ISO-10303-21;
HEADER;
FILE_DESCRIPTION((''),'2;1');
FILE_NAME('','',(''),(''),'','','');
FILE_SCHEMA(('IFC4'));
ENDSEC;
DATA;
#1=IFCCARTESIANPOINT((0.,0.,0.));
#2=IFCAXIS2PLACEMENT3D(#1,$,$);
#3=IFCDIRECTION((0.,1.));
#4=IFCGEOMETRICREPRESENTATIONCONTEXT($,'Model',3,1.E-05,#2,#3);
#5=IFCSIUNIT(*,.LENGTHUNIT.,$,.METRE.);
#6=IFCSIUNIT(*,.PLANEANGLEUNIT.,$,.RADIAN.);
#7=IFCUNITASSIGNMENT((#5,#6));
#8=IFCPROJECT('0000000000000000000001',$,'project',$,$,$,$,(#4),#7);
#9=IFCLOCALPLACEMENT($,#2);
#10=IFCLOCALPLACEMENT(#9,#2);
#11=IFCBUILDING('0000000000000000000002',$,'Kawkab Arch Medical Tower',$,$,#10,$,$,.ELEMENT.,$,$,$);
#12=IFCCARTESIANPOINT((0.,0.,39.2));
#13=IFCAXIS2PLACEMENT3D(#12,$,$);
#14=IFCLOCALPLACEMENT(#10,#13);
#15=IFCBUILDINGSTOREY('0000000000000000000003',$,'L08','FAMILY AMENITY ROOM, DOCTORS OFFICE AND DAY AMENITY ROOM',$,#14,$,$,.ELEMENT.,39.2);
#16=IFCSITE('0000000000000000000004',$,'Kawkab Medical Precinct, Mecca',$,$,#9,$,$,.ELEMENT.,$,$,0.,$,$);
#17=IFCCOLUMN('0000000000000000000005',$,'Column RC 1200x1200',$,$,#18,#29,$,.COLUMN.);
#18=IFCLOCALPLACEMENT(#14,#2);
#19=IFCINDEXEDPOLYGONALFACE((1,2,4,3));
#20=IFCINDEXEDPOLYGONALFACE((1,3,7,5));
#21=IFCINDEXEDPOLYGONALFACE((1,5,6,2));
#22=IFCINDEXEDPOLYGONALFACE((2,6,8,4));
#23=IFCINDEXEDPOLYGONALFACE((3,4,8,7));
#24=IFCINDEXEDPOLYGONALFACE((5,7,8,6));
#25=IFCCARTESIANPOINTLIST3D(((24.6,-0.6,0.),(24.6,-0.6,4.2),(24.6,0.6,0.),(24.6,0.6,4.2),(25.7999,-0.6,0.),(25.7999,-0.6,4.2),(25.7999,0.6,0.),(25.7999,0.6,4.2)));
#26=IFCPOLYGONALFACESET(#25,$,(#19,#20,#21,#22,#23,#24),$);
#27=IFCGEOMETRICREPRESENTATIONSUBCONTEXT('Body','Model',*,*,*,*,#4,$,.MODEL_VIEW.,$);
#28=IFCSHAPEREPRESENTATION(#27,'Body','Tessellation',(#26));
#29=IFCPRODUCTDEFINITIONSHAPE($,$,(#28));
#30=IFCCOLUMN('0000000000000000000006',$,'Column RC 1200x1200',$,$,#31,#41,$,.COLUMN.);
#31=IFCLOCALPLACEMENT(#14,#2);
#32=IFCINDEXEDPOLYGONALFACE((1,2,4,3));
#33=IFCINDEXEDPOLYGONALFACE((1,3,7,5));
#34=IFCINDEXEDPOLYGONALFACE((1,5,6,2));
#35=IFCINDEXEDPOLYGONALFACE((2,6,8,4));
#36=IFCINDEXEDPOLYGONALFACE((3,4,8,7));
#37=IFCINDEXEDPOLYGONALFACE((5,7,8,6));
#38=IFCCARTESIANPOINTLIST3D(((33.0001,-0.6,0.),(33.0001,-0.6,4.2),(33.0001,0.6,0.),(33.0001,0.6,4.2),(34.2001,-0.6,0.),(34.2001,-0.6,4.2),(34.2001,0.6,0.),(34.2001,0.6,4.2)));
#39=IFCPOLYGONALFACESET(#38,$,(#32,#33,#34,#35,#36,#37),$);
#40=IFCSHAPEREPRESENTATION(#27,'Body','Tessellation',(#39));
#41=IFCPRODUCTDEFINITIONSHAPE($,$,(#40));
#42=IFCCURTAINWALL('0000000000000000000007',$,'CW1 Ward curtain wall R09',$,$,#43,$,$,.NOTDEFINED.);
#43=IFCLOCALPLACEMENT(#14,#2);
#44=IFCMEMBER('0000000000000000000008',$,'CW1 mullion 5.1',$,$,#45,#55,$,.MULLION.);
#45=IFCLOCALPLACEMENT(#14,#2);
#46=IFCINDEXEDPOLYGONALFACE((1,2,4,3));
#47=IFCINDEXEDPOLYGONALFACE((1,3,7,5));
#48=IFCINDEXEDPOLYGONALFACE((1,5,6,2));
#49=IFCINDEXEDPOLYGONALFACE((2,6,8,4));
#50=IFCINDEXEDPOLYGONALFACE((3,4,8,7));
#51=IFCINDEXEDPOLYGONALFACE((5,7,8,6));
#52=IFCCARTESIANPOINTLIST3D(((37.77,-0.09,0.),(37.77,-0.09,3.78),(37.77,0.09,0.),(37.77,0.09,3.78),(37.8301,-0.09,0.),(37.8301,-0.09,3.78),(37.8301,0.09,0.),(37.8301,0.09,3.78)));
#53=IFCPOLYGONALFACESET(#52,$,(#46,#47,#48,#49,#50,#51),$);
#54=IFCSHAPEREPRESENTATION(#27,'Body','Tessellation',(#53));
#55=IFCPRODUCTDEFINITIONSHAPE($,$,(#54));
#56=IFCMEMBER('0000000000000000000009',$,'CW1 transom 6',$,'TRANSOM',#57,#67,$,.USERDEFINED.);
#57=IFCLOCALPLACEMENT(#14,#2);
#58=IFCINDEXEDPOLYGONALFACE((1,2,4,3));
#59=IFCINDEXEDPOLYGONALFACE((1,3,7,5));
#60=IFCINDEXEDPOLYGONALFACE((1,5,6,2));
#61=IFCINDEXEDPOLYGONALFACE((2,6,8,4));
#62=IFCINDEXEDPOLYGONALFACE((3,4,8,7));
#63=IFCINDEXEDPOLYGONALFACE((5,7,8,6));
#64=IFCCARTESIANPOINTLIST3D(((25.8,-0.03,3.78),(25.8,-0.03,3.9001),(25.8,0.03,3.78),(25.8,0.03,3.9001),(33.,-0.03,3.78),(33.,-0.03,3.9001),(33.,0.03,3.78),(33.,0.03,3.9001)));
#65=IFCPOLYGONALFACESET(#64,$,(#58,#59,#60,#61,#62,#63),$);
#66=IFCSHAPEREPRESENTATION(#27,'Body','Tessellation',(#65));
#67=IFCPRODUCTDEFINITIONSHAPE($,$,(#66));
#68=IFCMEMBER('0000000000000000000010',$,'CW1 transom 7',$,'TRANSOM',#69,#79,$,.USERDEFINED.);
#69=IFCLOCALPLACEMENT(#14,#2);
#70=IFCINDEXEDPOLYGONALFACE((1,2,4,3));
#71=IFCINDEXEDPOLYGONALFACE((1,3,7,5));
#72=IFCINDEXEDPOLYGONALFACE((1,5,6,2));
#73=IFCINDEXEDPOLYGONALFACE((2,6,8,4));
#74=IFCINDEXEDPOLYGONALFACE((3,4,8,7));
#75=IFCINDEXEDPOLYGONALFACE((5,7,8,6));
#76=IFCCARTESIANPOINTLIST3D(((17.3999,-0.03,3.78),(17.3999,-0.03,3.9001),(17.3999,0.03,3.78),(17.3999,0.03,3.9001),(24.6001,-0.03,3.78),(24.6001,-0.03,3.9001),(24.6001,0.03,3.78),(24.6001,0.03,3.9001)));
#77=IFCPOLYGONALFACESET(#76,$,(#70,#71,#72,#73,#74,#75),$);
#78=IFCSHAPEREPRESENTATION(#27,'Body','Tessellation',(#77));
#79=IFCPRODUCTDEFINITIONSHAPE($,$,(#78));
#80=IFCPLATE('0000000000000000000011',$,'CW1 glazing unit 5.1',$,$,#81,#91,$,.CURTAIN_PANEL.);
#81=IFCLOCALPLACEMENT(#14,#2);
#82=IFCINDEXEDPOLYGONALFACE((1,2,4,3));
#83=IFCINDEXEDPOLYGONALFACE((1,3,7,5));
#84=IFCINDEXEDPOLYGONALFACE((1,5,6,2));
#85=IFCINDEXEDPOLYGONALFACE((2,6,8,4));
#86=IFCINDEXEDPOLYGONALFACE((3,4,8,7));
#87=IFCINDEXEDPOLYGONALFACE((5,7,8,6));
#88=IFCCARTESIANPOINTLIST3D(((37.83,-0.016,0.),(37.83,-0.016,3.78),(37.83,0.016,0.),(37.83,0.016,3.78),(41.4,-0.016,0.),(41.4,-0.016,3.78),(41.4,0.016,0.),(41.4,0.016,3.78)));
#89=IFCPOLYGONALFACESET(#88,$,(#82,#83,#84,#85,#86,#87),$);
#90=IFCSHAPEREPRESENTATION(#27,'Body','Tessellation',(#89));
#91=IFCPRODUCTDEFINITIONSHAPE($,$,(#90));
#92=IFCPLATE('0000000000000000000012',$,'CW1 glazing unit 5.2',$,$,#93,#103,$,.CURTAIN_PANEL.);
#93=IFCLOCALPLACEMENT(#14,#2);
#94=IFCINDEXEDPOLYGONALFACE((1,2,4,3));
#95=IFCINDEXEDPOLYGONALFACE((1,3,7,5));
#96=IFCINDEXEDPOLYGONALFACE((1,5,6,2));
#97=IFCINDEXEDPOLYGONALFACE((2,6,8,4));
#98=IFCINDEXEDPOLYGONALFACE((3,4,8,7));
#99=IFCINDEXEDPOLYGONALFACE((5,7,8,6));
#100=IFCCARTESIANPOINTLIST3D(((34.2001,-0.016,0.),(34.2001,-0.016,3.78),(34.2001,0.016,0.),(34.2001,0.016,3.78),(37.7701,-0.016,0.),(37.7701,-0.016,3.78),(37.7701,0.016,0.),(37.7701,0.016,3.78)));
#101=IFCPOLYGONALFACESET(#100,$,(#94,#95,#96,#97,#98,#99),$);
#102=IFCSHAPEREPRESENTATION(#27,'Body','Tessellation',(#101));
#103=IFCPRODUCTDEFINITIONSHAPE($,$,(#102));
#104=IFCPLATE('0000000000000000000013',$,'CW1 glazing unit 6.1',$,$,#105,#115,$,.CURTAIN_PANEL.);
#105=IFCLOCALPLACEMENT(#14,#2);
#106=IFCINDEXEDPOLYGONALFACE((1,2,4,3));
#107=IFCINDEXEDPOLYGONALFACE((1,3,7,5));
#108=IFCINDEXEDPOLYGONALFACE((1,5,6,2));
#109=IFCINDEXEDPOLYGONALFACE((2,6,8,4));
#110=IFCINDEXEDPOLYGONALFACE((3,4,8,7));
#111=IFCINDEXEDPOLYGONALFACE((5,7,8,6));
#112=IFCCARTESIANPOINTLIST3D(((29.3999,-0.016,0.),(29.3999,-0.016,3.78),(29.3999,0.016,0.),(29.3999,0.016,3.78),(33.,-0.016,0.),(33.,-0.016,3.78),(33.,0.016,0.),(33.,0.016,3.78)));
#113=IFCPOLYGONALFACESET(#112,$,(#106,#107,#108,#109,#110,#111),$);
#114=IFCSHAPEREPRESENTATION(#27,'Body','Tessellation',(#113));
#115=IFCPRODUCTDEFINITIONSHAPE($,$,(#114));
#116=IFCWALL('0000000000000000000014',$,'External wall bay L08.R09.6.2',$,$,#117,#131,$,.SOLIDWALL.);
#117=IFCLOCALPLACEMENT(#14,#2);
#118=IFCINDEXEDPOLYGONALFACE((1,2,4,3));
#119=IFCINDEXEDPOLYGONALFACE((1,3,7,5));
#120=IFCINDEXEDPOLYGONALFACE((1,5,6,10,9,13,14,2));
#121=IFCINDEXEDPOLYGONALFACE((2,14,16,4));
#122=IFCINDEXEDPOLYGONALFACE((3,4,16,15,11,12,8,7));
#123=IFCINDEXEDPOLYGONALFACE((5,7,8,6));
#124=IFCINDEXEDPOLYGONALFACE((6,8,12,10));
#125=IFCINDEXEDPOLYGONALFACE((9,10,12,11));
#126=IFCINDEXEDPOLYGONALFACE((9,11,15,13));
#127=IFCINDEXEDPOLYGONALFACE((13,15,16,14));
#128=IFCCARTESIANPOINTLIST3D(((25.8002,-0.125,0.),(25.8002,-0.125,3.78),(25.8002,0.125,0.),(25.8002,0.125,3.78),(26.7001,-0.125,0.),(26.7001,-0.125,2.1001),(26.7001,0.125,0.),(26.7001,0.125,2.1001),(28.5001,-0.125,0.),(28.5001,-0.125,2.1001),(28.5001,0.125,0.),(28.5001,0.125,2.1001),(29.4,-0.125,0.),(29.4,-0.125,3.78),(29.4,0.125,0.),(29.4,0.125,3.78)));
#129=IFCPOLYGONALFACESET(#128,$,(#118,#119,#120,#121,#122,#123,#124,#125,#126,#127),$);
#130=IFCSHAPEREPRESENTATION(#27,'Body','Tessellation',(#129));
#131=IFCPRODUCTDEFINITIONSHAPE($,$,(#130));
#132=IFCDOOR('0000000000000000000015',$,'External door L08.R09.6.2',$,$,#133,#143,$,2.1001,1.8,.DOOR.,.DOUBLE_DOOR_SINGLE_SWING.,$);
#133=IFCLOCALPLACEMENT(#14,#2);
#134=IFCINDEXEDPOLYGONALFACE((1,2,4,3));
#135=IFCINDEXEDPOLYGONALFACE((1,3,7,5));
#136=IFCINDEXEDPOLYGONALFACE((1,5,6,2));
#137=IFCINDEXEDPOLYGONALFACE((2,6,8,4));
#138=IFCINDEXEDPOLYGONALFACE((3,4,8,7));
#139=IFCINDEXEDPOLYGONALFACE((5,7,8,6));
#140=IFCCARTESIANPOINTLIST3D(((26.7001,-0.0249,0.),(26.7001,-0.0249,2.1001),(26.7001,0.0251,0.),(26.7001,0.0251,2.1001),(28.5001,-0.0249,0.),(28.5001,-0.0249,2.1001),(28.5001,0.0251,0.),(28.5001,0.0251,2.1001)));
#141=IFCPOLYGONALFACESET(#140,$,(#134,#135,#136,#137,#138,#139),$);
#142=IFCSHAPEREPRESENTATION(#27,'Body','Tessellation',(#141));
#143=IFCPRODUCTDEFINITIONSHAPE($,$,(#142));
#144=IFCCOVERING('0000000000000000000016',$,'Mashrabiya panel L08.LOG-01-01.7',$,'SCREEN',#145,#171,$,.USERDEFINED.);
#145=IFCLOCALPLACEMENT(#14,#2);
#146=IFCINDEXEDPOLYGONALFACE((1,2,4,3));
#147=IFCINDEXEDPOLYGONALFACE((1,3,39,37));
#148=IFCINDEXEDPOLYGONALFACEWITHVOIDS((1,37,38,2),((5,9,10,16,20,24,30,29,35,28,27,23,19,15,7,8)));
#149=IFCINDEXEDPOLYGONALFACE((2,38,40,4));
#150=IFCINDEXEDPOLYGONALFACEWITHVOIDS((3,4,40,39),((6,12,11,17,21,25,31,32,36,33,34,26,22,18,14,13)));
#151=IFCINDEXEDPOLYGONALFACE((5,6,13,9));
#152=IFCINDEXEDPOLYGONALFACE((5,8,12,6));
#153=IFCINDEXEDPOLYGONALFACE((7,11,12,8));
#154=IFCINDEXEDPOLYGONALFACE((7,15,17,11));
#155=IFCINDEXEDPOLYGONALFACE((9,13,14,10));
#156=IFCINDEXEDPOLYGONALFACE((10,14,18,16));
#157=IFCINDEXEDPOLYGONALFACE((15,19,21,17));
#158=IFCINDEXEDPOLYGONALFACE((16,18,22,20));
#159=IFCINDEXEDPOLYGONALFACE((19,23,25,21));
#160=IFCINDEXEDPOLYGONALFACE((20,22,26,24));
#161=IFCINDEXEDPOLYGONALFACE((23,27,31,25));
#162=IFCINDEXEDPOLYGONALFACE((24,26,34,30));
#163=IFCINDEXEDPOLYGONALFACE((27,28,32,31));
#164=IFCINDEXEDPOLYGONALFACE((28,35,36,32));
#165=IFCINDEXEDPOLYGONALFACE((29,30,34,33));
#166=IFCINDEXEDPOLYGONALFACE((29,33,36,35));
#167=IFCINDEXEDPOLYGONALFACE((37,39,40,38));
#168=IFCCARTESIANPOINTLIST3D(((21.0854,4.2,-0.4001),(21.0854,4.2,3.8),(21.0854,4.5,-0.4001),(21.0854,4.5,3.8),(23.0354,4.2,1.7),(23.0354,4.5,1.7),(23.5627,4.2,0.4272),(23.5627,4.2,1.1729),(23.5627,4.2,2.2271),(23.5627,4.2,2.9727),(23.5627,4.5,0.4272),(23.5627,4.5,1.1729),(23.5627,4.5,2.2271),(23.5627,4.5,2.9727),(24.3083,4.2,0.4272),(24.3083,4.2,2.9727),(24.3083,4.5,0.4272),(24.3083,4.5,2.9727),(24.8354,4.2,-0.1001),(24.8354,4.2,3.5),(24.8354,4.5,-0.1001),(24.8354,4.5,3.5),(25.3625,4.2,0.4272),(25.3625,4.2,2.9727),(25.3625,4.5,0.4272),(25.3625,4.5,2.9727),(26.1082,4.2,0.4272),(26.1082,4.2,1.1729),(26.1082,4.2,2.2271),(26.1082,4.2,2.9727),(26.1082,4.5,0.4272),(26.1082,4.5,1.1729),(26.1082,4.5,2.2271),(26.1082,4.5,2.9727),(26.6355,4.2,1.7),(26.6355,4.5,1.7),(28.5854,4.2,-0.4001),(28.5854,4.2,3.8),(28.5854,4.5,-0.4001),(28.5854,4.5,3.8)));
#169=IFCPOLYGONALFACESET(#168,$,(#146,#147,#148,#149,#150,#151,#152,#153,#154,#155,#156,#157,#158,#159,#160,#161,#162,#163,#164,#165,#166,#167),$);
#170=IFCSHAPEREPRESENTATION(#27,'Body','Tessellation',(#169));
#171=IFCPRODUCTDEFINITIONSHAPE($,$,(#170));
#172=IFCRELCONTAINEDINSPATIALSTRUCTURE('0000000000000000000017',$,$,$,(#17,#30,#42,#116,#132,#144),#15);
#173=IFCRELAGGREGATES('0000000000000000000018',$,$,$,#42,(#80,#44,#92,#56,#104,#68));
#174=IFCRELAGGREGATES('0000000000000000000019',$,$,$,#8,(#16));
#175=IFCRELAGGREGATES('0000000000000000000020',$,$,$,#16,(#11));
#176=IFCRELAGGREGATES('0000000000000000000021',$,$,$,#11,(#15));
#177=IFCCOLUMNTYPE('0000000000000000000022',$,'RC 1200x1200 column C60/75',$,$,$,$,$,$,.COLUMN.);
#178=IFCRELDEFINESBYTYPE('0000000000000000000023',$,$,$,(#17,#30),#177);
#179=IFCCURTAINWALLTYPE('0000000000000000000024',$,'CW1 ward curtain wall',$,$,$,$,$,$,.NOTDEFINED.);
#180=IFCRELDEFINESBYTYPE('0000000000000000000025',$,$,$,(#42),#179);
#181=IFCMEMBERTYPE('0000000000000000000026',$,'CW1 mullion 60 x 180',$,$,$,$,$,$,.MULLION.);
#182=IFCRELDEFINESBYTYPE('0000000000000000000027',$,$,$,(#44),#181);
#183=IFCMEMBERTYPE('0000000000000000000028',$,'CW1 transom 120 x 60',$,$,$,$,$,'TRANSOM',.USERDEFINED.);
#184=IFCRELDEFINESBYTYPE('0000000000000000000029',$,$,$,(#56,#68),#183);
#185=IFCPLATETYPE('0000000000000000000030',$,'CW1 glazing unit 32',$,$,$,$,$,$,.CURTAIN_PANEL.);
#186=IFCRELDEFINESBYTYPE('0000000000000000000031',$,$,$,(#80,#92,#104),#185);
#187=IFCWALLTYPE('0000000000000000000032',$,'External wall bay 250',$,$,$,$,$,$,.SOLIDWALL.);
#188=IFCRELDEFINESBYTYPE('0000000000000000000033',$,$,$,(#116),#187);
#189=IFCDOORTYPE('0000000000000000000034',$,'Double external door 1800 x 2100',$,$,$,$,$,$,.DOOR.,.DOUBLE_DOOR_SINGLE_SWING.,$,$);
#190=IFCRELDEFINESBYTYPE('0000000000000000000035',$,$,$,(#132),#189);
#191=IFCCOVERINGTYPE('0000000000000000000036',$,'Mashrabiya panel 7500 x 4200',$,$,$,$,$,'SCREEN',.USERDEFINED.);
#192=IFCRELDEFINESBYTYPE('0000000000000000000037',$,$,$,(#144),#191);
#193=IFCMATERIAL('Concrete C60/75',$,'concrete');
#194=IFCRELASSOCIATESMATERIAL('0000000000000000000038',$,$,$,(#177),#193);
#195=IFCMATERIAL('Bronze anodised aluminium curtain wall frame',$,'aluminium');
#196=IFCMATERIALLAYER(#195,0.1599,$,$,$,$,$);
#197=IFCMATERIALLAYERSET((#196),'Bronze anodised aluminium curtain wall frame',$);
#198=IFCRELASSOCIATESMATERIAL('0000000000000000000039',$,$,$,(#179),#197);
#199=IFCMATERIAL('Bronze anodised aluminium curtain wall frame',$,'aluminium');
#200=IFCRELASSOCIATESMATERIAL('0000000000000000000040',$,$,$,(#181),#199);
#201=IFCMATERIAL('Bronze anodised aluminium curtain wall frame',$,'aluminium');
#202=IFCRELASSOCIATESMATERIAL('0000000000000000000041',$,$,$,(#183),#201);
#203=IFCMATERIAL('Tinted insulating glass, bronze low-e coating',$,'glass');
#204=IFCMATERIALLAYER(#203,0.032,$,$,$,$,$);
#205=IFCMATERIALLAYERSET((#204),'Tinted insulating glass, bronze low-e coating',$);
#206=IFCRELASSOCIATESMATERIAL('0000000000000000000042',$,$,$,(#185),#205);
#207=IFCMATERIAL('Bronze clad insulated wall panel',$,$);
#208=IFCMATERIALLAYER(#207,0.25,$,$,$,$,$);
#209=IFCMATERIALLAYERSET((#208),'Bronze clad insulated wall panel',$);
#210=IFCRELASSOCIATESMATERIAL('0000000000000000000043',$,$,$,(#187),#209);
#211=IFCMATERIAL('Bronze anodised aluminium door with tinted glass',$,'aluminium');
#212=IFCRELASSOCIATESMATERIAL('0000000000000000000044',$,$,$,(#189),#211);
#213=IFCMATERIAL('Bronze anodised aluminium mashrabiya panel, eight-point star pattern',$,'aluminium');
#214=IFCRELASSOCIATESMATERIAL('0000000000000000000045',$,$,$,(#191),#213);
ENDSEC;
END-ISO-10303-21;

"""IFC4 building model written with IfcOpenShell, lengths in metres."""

from ifc_helpers import new_model, si_unit, direction, frame, frame_2d, origin, origin_2d, place, context, subcontext, project, spatial, polyline, rectangle, outline, extrude, material, layer, layer_set, material_profile, profile_set, type_object, element, fill, aggregate, save


model = new_model("IFC4")

# Units and contexts
model_context = context("Model", 3, precision=1e-05, world=origin(), true_north=direction((0.0, 1.0)))
body_context = subcontext(model_context, "Body", "Model", "MODEL_VIEW")
ifc_project = project(units=[si_unit("LENGTHUNIT", "METRE"), si_unit("PLANEANGLEUNIT", "RADIAN")], contexts=[model_context])

# Site, building, storey
site_placement = place(None, origin())
site = spatial("IfcSite", under=ifc_project, at=site_placement, Name="Kawkab Medical Precinct, Mecca", CompositionType="ELEMENT", RefElevation=0.0)
building_placement = place(site_placement, origin())
building = spatial("IfcBuilding", under=site, at=building_placement, Name="Kawkab Arch Medical Tower", CompositionType="ELEMENT")
storey_placement = place(building_placement, frame((0.0, 0.0, 39.2)))
storey = spatial("IfcBuildingStorey", under=building, at=storey_placement, Name="L08", Description="FAMILY AMENITY ROOM, DOCTORS OFFICE AND DAY AMENITY ROOM", CompositionType="ELEMENT", Elevation=39.2)

# Columns
ifc_material_1 = material(Name="Concrete C60/75", Category="concrete")
ifc_material_profile_1 = material_profile(ifc_material_1, rectangle(XDim=1.2, YDim=1.2, at=origin_2d()), Name="RC 1200x1200")
ifc_profile_set_1 = profile_set([ifc_material_profile_1], Name="Concrete C60/75")
column_type = type_object("IfcColumnType", Name="RC 1200x1200 column C60/75", PredefinedType="COLUMN", material=ifc_profile_set_1)
for number, where, z_axis, x_axis, name in (
    (1, (25.2, 0.0, 0.0), (0.0, 0.0, 1.0), (1.0, 0.0, 0.0), "Column RC 1200x1200"),
    (2, (33.6001, 0.0, 0.0), (0.0, 0.0, 1.0), (1.0, 0.0, 0.0), "Column RC 1200x1200"),
):
    element("IfcColumn", number, at=place(storey_placement, frame(where, z_axis=z_axis, x_axis=x_axis)), inside=storey, type_object=column_type, Name=name, PredefinedType="COLUMN", context=body_context, shape_type="SweptSolid", body=[
        extrude(rectangle(XDim=1.2, YDim=1.2, at=origin_2d()), origin(), (0.0, 0.0, 1.0), 4.2),
    ])

# Curtain wall, members, plates
ifc_material_2 = material(Name="Bronze anodised aluminium curtain wall frame", Category="aluminium")
ifc_layer_1 = layer(ifc_material_2, 0.1599)
ifc_layer_set_1 = layer_set([ifc_layer_1], Name="Bronze anodised aluminium curtain wall frame")
curtain_wall_type = type_object("IfcCurtainWallType", Name="CW1 ward curtain wall", PredefinedType="NOTDEFINED", material=ifc_layer_set_1)
curtain_wall_placement = place(storey_placement, origin())
curtain_wall = element("IfcCurtainWall", 3, at=curtain_wall_placement, inside=storey, type_object=curtain_wall_type, Name="CW1 Ward curtain wall R09", PredefinedType="NOTDEFINED")
ifc_material_3 = material(Name="Bronze anodised aluminium curtain wall frame", Category="aluminium")
ifc_material_profile_2 = material_profile(ifc_material_3, rectangle(XDim=0.1799, YDim=0.0601, at=origin_2d()), Name="AL 60x180")
ifc_profile_set_2 = profile_set([ifc_material_profile_2], Name="Bronze anodised aluminium curtain wall frame")
member_type_1 = type_object("IfcMemberType", Name="CW1 mullion 60 x 180", PredefinedType="MULLION", material=ifc_profile_set_2)
member_1_placement = place(storey_placement, frame((37.8, 0.0, 0.0), z_axis=(0.0, 0.0, 1.0), x_axis=(0.0, -1.0, 0.0)))
member_1 = element("IfcMember", 4, at=member_1_placement, type_object=member_type_1, Name="CW1 mullion 5.1", PredefinedType="MULLION", context=body_context, shape_type="SweptSolid", body=[
    extrude(rectangle(XDim=0.1799, YDim=0.0601, at=origin_2d()), origin(), (0.0, 0.0, 1.0), 3.78),
])
ifc_material_4 = material(Name="Bronze anodised aluminium curtain wall frame", Category="aluminium")
ifc_material_profile_3 = material_profile(ifc_material_4, rectangle(XDim=0.0601, YDim=0.1201, at=origin_2d()), Name="AL 60x120")
ifc_profile_set_3 = profile_set([ifc_material_profile_3], Name="Bronze anodised aluminium curtain wall frame")
member_type_2 = type_object("IfcMemberType", Name="CW1 transom 120 x 60", ElementType="TRANSOM", PredefinedType="USERDEFINED", material=ifc_profile_set_3)
member_2_placement = place(storey_placement, frame((33.0, 0.0, 3.8401), z_axis=(-1.0, 0.0, 0.0), x_axis=(0.0, -1.0, 0.0)))
member_2 = element("IfcMember", 5, at=member_2_placement, type_object=member_type_2, Name="CW1 transom 6", ObjectType="TRANSOM", PredefinedType="USERDEFINED", context=body_context, shape_type="SweptSolid", body=[
    extrude(rectangle(XDim=0.0601, YDim=0.1201, at=origin_2d()), origin(), (0.0, 0.0, 1.0), 7.2),
])
member_3_placement = place(storey_placement, frame((24.6001, 0.0, 3.8401), z_axis=(-1.0, 0.0, 0.0), x_axis=(0.0, -1.0, 0.0)))
member_3 = element("IfcMember", 6, at=member_3_placement, type_object=member_type_2, Name="CW1 transom 7", ObjectType="TRANSOM", PredefinedType="USERDEFINED", context=body_context, shape_type="SweptSolid", body=[
    extrude(rectangle(XDim=0.0601, YDim=0.1201, at=origin_2d()), origin(), (0.0, 0.0, 1.0), 7.2002),
])
ifc_material_5 = material(Name="Tinted insulating glass, bronze low-e coating", Category="glass")
ifc_layer_2 = layer(ifc_material_5, 0.032)
ifc_layer_set_2 = layer_set([ifc_layer_2], Name="Tinted insulating glass, bronze low-e coating")
plate_type = type_object("IfcPlateType", Name="CW1 glazing unit 32", PredefinedType="CURTAIN_PANEL", material=ifc_layer_set_2)
plate_1_placement = place(storey_placement, frame((39.615, 0.0, 0.0), z_axis=(0.0, 0.0, 1.0), x_axis=(-1.0, 0.0, 0.0)))
plate_1 = element("IfcPlate", 7, at=plate_1_placement, type_object=plate_type, Name="CW1 glazing unit 5.1", PredefinedType="CURTAIN_PANEL", context=body_context, shape_type="SweptSolid", body=[
    extrude(rectangle(XDim=3.5701, YDim=0.032, at=origin_2d()), origin(), (0.0, 0.0, 1.0), 3.78),
])
plate_2_placement = place(storey_placement, frame((35.9851, 0.0, 0.0), z_axis=(0.0, 0.0, 1.0), x_axis=(-1.0, 0.0, 0.0)))
plate_2 = element("IfcPlate", 8, at=plate_2_placement, type_object=plate_type, Name="CW1 glazing unit 5.2", PredefinedType="CURTAIN_PANEL", context=body_context, shape_type="SweptSolid", body=[
    extrude(rectangle(XDim=3.5701, YDim=0.032, at=origin_2d()), origin(), (0.0, 0.0, 1.0), 3.78),
])
plate_3_placement = place(storey_placement, frame((31.2, 0.0, 0.0), z_axis=(0.0, 0.0, 1.0), x_axis=(-1.0, 0.0, 0.0)))
plate_3 = element("IfcPlate", 9, at=plate_3_placement, type_object=plate_type, Name="CW1 glazing unit 6.1", PredefinedType="CURTAIN_PANEL", context=body_context, shape_type="SweptSolid", body=[
    extrude(rectangle(XDim=3.6001, YDim=0.032, at=origin_2d()), origin(), (0.0, 0.0, 1.0), 3.78),
])
aggregate(curtain_wall, [plate_1, member_1, plate_2, member_2, plate_3, member_3])

# Wall, opening, door
ifc_material_6 = material(Name="Bronze clad insulated wall panel")
ifc_layer_3 = layer(ifc_material_6, 0.25)
ifc_layer_set_3 = layer_set([ifc_layer_3], Name="Bronze clad insulated wall panel")
wall_type = type_object("IfcWallType", Name="External wall bay 250", PredefinedType="SOLIDWALL", material=ifc_layer_set_3)
wall_placement = place(storey_placement, frame((29.3999, 0.0, 0.0), z_axis=(0.0, 0.0, 1.0), x_axis=(-1.0, 0.0, 0.0)))
wall = element("IfcWall", 10, at=wall_placement, inside=storey, type_object=wall_type, Name="External wall bay L08.R09.6.2", PredefinedType="SOLIDWALL", context=body_context, shape_type="SweptSolid", body=[
    extrude(rectangle(XDim=3.5999, YDim=0.25, at=frame_2d((1.7998, 0.0))), origin(), (0.0, 0.0, 1.0), 3.78),
])
opening_placement = place(wall_placement, frame((0.8999, 0.0, 0.0)))
opening = element("IfcOpeningElement", 11, at=opening_placement, cuts=wall, PredefinedType="OPENING", context=body_context, shape_type="SweptSolid", body=[
    extrude(rectangle(XDim=1.8, YDim=2.1001, at=frame_2d((0.8999, 1.05))), frame((0.0, 0.135, 0.0), z_axis=(0.0, -1.0, 0.0), x_axis=(1.0, 0.0, 0.0)), (0.0, 0.0, 1.0), 0.27),
])
ifc_material_7 = material(Name="Bronze anodised aluminium door with tinted glass", Category="aluminium")
door_type = type_object("IfcDoorType", Name="Double external door 1800 x 2100", OperationType="DOUBLE_DOOR_SINGLE_SWING", PredefinedType="DOOR", material=ifc_material_7)
door_placement = place(opening_placement, origin())
door = element("IfcDoor", 12, at=door_placement, inside=storey, type_object=door_type, Name="External door L08.R09.6.2", OperationType="DOUBLE_DOOR_SINGLE_SWING", OverallHeight=2.1001, OverallWidth=1.8, PredefinedType="DOOR", context=body_context, shape_type="SweptSolid", body=[
    extrude(rectangle(XDim=1.8, YDim=2.1001, at=frame_2d((0.8999, 1.05))), frame((0.0, 0.0249, 0.0), z_axis=(0.0, -1.0, 0.0), x_axis=(1.0, 0.0, 0.0)), (0.0, 0.0, 1.0), 0.05),
])
fill(opening, door)

# Covering
ifc_material_8 = material(Name="Bronze anodised aluminium mashrabiya panel, eight-point star pattern", Category="aluminium")
ifc_material_profile_4 = material_profile(ifc_material_8, outline(polyline([(-3.75, -2.1001), (3.75, -2.1001), (3.75, 2.1001), (-3.75, 2.1001), (-3.75, -2.1001)]), holes=[polyline([(1.8, 0.0), (1.2727, 0.5271), (1.2727, 1.2727), (0.5271, 1.2727), (0.0, 1.8), (-0.5271, 1.2727), (-1.2727, 1.2727), (-1.2727, 0.5271), (-1.8, 0.0), (-1.2727, -0.5271), (-1.2727, -1.2727), (-0.5271, -1.2727), (0.0, -1.8), (0.5271, -1.2727), (1.2727, -1.2727), (1.2727, -0.5271), (1.8, 0.0)])]), Name="Mashrabiya panel 7500x4200")
ifc_profile_set_4 = profile_set([ifc_material_profile_4], Name="Bronze anodised aluminium mashrabiya panel, eight-point star pattern")
covering_type_1 = type_object("IfcCoveringType", Name="Mashrabiya panel 7500 x 4200", ElementType="SCREEN", PredefinedType="USERDEFINED", material=ifc_profile_set_4)
for number, where, z_axis, x_axis, name in (
    (13, (24.8354, 4.2, 1.7), (0.0, 1.0, 0.0), (-1.0, 0.0, 0.0), "Mashrabiya panel L08.LOG-01-01.7"),
):
    element("IfcCovering", number, at=place(storey_placement, frame(where, z_axis=z_axis, x_axis=x_axis)), inside=storey, type_object=covering_type_1, Name=name, ObjectType="SCREEN", PredefinedType="USERDEFINED", context=body_context, shape_type="SweptSolid", body=[
        extrude(outline(polyline([(-3.75, -2.1001), (3.75, -2.1001), (3.75, 2.1001), (-3.75, 2.1001), (-3.75, -2.1001)]), holes=[polyline([(1.8, 0.0), (1.2727, 0.5271), (1.2727, 1.2727), (0.5271, 1.2727), (0.0, 1.8), (-0.5271, 1.2727), (-1.2727, 1.2727), (-1.2727, 0.5271), (-1.8, 0.0), (-1.2727, -0.5271), (-1.2727, -1.2727), (-0.5271, -1.2727), (0.0, -1.8), (0.5271, -1.2727), (1.2727, -1.2727), (1.2727, -0.5271), (1.8, 0.0)])]), origin(), (0.0, 0.0, 1.0), 0.3),
    ])

save(model, "model.ifc")
